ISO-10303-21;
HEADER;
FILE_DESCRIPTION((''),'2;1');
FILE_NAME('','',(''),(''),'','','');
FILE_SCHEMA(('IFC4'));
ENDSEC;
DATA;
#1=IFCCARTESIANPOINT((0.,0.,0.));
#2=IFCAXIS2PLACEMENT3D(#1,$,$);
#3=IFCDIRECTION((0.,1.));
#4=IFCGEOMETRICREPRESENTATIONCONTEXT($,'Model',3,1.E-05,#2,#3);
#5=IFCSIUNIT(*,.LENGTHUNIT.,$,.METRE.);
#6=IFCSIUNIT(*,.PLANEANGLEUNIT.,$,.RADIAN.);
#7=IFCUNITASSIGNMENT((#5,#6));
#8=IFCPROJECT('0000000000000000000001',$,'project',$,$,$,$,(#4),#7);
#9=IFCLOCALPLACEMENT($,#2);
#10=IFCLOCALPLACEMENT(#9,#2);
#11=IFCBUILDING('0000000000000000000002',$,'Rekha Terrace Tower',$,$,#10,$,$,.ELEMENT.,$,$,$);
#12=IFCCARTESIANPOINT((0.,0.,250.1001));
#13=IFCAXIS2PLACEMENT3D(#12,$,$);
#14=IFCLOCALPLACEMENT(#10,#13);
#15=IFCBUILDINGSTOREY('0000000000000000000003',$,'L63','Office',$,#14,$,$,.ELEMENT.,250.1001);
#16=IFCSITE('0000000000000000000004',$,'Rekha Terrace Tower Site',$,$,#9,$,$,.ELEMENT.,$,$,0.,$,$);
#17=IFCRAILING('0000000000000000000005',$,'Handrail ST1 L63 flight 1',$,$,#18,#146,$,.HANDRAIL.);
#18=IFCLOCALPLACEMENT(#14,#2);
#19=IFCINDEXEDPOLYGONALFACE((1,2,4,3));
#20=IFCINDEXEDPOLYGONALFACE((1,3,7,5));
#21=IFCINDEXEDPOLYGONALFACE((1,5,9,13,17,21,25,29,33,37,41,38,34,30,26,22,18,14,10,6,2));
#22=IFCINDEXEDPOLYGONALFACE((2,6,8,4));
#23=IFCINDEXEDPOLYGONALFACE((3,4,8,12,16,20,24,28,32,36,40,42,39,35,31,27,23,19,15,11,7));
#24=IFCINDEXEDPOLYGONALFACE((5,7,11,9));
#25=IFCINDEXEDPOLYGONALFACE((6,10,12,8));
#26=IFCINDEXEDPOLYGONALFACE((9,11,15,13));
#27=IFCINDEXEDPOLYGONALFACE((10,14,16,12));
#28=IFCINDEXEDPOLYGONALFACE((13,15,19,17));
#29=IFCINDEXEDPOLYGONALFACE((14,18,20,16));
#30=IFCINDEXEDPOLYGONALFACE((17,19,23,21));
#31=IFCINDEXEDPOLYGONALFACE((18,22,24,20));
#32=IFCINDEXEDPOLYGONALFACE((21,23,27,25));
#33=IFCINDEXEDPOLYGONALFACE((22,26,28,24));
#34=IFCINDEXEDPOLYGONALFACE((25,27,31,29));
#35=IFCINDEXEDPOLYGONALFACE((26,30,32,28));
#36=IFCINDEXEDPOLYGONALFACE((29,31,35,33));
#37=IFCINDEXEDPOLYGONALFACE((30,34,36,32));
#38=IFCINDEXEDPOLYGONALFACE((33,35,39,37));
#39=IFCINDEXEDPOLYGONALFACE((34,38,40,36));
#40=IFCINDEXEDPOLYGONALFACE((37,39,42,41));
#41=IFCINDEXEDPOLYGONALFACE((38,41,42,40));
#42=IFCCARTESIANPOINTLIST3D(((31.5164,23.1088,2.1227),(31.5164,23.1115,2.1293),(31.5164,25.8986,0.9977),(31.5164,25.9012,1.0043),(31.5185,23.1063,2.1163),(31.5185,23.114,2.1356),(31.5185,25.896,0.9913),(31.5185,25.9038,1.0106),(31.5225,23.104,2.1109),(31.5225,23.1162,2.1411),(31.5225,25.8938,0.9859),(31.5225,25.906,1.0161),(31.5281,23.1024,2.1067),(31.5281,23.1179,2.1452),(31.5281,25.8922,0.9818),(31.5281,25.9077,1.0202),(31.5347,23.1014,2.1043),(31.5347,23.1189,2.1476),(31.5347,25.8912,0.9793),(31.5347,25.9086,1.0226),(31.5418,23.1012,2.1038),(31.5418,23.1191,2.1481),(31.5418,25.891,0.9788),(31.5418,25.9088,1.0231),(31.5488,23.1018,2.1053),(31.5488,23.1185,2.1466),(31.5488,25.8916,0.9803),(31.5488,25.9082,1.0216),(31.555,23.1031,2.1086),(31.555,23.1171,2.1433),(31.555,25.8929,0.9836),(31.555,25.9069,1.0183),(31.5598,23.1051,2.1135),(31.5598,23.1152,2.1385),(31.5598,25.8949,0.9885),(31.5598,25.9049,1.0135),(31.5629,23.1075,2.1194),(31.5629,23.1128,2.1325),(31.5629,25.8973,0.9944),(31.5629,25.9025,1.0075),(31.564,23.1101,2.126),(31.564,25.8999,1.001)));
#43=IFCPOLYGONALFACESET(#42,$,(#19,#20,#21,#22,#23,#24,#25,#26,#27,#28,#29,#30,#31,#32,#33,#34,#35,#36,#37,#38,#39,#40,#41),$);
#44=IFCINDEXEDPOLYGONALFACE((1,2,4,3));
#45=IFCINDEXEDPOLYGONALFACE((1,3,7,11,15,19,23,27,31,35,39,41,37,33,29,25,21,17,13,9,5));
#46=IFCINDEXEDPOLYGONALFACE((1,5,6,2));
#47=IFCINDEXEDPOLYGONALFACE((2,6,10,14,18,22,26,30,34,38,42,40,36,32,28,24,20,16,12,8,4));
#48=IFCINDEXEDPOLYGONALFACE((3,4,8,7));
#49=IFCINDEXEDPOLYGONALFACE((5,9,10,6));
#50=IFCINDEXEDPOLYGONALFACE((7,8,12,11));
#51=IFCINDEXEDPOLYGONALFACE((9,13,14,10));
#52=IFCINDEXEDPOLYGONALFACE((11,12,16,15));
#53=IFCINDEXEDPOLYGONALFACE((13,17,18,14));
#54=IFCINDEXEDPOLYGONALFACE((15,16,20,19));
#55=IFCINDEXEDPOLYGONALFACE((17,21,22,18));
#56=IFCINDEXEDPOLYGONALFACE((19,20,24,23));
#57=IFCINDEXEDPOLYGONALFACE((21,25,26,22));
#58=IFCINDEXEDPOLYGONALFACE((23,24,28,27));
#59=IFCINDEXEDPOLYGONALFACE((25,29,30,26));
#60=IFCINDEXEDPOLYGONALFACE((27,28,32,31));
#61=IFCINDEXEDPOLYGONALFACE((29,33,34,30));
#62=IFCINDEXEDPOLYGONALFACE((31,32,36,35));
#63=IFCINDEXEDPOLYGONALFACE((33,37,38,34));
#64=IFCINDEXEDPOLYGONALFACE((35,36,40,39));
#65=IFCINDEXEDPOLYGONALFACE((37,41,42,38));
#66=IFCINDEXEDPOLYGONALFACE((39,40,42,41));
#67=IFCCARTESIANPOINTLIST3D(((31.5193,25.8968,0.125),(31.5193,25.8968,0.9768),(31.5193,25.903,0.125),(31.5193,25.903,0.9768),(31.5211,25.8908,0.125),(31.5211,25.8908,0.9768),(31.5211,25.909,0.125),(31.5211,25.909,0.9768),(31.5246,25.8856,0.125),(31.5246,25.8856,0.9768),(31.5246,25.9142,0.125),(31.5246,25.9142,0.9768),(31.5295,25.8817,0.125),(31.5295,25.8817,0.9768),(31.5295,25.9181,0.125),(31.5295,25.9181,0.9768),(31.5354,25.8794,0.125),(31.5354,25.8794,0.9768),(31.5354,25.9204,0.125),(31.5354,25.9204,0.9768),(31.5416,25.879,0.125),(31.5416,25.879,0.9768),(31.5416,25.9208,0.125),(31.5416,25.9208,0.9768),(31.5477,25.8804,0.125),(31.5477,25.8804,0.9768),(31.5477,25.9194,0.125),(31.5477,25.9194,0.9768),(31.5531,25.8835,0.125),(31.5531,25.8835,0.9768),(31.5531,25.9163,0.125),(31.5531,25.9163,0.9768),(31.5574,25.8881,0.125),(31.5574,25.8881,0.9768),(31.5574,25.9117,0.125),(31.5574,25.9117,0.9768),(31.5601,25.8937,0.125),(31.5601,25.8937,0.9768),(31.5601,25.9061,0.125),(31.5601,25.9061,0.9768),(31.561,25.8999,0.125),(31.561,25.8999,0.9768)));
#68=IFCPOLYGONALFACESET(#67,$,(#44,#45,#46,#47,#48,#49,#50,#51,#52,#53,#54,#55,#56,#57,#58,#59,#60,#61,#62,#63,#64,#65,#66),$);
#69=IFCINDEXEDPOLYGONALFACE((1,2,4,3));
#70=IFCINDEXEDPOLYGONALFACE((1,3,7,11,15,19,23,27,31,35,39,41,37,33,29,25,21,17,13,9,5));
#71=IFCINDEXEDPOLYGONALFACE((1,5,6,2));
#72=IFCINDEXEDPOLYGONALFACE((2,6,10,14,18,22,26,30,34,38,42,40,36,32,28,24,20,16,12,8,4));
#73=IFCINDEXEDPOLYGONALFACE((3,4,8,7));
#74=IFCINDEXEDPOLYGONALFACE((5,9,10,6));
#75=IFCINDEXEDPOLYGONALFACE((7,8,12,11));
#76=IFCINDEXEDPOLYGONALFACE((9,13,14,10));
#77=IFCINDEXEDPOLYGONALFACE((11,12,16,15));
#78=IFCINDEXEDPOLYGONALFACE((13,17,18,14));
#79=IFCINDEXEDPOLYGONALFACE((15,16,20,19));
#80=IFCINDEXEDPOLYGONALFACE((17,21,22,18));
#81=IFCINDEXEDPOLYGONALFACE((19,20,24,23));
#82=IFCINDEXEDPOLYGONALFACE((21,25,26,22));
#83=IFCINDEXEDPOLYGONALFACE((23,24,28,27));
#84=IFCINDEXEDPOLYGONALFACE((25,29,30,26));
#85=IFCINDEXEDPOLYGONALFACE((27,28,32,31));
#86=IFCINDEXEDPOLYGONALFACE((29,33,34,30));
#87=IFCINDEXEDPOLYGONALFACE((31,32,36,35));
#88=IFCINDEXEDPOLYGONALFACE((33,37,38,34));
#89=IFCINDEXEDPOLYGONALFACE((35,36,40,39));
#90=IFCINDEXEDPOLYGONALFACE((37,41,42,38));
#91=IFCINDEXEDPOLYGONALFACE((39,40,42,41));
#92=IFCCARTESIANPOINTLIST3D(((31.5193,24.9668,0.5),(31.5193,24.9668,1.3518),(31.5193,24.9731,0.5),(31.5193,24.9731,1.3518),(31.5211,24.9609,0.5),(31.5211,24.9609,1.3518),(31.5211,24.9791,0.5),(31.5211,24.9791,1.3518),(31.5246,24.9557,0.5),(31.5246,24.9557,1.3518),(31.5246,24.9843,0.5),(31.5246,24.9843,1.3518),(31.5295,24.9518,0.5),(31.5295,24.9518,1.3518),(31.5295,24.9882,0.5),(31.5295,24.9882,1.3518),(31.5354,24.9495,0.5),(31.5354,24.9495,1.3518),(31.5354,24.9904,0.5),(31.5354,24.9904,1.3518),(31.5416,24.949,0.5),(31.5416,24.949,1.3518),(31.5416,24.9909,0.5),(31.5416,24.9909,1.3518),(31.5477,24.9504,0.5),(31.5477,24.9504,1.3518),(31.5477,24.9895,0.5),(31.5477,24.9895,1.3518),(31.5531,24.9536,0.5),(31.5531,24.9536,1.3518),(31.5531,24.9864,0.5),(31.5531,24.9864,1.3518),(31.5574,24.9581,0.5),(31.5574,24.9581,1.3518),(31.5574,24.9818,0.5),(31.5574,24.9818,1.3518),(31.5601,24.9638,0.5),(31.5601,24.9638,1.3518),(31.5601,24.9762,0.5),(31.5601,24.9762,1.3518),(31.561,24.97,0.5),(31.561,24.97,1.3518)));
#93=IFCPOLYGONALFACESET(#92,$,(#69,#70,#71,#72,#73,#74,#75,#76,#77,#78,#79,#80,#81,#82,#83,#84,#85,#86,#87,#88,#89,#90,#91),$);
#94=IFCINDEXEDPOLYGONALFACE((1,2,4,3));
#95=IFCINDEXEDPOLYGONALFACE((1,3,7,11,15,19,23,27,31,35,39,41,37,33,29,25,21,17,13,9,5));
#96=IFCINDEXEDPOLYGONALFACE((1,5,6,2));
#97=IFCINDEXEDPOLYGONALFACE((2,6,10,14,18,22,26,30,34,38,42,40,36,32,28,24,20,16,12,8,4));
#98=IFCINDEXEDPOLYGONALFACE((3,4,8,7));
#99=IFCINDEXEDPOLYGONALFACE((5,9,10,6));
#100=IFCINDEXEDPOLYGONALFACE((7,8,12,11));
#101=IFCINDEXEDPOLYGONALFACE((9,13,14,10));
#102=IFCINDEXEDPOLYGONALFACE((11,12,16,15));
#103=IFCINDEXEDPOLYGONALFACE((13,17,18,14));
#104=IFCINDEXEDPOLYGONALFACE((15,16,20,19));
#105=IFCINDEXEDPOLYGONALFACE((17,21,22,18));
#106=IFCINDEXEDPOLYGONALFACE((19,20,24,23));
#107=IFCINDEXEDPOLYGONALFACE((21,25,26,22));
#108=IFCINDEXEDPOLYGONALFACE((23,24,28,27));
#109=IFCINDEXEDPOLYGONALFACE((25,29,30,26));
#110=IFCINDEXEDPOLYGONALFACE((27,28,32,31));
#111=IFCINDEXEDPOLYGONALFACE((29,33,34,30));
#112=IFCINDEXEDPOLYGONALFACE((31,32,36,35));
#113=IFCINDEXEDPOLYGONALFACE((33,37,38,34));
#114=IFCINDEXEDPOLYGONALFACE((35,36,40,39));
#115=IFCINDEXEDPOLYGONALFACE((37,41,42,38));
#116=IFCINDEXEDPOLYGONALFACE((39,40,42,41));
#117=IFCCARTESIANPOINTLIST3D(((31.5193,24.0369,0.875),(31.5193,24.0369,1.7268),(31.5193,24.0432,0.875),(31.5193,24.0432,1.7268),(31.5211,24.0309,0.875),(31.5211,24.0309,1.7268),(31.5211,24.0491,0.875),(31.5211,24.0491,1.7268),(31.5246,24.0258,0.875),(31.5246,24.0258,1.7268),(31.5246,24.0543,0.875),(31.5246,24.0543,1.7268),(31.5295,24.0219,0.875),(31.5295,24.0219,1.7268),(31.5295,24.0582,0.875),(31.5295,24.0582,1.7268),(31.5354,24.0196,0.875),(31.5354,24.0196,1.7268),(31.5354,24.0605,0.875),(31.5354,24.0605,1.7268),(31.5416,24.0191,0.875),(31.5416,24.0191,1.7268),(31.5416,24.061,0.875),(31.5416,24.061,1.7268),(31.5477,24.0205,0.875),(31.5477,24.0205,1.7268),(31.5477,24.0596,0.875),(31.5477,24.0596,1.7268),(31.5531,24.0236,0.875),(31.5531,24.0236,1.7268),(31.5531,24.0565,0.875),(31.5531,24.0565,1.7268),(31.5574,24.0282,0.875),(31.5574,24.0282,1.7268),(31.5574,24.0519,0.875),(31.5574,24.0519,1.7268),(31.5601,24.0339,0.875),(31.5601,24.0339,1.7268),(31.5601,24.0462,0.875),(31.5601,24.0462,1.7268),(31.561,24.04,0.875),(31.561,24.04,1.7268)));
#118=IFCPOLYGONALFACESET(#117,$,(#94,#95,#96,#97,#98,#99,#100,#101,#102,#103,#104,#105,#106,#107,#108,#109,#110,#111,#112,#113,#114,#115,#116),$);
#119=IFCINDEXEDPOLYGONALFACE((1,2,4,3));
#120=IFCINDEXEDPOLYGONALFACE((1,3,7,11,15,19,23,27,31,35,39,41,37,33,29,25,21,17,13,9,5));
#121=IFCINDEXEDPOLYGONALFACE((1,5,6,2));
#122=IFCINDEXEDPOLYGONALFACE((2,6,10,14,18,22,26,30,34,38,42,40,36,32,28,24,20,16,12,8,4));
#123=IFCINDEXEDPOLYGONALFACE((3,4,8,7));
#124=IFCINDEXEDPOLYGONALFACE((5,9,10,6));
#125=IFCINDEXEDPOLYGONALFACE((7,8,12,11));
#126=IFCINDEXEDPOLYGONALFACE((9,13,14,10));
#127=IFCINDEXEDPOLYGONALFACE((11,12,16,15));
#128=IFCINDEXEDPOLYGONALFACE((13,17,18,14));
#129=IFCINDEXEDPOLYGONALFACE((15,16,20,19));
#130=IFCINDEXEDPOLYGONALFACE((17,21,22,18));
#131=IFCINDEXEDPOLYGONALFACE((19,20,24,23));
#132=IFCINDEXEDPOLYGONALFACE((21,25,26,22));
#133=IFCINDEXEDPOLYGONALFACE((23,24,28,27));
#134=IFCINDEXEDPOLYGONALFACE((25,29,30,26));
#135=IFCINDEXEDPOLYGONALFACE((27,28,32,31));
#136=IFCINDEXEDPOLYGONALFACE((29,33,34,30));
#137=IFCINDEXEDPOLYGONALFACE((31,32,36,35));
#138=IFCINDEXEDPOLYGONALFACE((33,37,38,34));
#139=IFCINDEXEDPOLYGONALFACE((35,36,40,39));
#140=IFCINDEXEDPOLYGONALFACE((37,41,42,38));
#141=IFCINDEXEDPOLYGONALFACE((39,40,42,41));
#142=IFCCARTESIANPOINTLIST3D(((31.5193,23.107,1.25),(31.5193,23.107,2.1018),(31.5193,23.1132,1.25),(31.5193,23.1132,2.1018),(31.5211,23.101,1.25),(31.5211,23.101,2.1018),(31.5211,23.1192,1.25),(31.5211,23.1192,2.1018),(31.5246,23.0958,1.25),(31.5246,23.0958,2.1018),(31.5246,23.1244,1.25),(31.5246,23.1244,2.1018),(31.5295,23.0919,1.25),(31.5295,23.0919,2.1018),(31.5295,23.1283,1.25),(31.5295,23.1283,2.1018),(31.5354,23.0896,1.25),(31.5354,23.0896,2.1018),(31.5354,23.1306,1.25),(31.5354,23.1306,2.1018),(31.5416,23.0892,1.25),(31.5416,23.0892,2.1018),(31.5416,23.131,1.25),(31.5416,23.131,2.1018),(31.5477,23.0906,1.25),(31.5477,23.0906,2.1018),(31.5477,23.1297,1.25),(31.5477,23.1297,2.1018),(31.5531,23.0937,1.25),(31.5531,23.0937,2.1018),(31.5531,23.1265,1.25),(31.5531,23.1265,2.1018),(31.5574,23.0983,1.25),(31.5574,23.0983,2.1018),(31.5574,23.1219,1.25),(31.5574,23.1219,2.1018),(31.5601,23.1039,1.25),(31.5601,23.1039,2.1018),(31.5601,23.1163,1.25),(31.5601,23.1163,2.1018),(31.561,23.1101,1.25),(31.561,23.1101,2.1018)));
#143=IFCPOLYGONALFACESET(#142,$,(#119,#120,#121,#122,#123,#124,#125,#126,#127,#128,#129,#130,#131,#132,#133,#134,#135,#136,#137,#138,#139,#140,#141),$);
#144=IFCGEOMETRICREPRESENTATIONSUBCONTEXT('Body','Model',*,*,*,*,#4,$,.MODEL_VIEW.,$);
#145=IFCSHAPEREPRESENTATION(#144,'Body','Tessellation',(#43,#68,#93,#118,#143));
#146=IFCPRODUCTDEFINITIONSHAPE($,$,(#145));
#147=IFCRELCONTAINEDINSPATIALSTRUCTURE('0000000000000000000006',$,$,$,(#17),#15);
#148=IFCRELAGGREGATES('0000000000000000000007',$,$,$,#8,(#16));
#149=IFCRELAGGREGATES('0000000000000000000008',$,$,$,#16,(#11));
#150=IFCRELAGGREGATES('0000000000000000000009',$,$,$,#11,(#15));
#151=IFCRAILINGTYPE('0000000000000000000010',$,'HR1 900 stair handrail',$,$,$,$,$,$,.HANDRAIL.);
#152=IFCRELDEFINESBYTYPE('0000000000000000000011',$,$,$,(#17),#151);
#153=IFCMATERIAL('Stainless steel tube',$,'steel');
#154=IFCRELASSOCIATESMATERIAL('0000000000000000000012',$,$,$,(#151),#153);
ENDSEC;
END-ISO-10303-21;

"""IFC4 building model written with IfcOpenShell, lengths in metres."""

from ifc_helpers import new_model, si_unit, direction, frame, origin, origin_2d, place, context, subcontext, project, spatial, circle, extrude, material, type_object, element, save


model = new_model("IFC4")

# Units and contexts
model_context = context("Model", 3, precision=1e-05, world=origin(), true_north=direction((0.0, 1.0)))
body_context = subcontext(model_context, "Body", "Model", "MODEL_VIEW")
ifc_project = project(units=[si_unit("LENGTHUNIT", "METRE"), si_unit("PLANEANGLEUNIT", "RADIAN")], contexts=[model_context])

# Site, building, storey
site_placement = place(None, origin())
site = spatial("IfcSite", under=ifc_project, at=site_placement, Name="Rekha Terrace Tower Site", CompositionType="ELEMENT", RefElevation=0.0)
building_placement = place(site_placement, origin())
building = spatial("IfcBuilding", under=site, at=building_placement, Name="Rekha Terrace Tower", CompositionType="ELEMENT")
storey_placement = place(building_placement, frame((0.0, 0.0, 250.1001)))
storey = spatial("IfcBuildingStorey", under=building, at=storey_placement, Name="L63", Description="Office", CompositionType="ELEMENT", Elevation=250.1001)

# Railing
ifc_material_1 = material(Name="Stainless steel tube", Category="steel")
railing_type = type_object("IfcRailingType", Name="HR1 900 stair handrail", PredefinedType="HANDRAIL", material=ifc_material_1)
railing_placement = place(storey_placement, frame((31.54, 25.8999, 0.125)))
element("IfcRailing", 1, at=railing_placement, inside=storey, type_object=railing_type, Name="Handrail ST1 L63 flight 1", PredefinedType="HANDRAIL", context=body_context, shape_type="SweptSolid", body=[
    extrude(circle(Radius=0.0239, at=origin_2d()), frame((0.0, 0.0, 0.876), z_axis=(0.0, -0.927432, 0.373992), x_axis=(1.0, 0.0, 0.0)), (0.0, 0.0, 1.0), 3.0081),
    extrude(circle(Radius=0.021, at=origin_2d()), origin(), (0.0, 0.0, 1.0), 0.8518),
    extrude(circle(Radius=0.021, at=origin_2d()), frame((0.0, -0.9299, 0.375)), (0.0, 0.0, 1.0), 0.8518),
    extrude(circle(Radius=0.021, at=origin_2d()), frame((0.0, -1.8599, 0.75)), (0.0, 0.0, 1.0), 0.8518),
    extrude(circle(Radius=0.021, at=origin_2d()), frame((0.0, -2.7898, 1.125)), (0.0, 0.0, 1.0), 0.8518),
])

save(model, "model.ifc")
